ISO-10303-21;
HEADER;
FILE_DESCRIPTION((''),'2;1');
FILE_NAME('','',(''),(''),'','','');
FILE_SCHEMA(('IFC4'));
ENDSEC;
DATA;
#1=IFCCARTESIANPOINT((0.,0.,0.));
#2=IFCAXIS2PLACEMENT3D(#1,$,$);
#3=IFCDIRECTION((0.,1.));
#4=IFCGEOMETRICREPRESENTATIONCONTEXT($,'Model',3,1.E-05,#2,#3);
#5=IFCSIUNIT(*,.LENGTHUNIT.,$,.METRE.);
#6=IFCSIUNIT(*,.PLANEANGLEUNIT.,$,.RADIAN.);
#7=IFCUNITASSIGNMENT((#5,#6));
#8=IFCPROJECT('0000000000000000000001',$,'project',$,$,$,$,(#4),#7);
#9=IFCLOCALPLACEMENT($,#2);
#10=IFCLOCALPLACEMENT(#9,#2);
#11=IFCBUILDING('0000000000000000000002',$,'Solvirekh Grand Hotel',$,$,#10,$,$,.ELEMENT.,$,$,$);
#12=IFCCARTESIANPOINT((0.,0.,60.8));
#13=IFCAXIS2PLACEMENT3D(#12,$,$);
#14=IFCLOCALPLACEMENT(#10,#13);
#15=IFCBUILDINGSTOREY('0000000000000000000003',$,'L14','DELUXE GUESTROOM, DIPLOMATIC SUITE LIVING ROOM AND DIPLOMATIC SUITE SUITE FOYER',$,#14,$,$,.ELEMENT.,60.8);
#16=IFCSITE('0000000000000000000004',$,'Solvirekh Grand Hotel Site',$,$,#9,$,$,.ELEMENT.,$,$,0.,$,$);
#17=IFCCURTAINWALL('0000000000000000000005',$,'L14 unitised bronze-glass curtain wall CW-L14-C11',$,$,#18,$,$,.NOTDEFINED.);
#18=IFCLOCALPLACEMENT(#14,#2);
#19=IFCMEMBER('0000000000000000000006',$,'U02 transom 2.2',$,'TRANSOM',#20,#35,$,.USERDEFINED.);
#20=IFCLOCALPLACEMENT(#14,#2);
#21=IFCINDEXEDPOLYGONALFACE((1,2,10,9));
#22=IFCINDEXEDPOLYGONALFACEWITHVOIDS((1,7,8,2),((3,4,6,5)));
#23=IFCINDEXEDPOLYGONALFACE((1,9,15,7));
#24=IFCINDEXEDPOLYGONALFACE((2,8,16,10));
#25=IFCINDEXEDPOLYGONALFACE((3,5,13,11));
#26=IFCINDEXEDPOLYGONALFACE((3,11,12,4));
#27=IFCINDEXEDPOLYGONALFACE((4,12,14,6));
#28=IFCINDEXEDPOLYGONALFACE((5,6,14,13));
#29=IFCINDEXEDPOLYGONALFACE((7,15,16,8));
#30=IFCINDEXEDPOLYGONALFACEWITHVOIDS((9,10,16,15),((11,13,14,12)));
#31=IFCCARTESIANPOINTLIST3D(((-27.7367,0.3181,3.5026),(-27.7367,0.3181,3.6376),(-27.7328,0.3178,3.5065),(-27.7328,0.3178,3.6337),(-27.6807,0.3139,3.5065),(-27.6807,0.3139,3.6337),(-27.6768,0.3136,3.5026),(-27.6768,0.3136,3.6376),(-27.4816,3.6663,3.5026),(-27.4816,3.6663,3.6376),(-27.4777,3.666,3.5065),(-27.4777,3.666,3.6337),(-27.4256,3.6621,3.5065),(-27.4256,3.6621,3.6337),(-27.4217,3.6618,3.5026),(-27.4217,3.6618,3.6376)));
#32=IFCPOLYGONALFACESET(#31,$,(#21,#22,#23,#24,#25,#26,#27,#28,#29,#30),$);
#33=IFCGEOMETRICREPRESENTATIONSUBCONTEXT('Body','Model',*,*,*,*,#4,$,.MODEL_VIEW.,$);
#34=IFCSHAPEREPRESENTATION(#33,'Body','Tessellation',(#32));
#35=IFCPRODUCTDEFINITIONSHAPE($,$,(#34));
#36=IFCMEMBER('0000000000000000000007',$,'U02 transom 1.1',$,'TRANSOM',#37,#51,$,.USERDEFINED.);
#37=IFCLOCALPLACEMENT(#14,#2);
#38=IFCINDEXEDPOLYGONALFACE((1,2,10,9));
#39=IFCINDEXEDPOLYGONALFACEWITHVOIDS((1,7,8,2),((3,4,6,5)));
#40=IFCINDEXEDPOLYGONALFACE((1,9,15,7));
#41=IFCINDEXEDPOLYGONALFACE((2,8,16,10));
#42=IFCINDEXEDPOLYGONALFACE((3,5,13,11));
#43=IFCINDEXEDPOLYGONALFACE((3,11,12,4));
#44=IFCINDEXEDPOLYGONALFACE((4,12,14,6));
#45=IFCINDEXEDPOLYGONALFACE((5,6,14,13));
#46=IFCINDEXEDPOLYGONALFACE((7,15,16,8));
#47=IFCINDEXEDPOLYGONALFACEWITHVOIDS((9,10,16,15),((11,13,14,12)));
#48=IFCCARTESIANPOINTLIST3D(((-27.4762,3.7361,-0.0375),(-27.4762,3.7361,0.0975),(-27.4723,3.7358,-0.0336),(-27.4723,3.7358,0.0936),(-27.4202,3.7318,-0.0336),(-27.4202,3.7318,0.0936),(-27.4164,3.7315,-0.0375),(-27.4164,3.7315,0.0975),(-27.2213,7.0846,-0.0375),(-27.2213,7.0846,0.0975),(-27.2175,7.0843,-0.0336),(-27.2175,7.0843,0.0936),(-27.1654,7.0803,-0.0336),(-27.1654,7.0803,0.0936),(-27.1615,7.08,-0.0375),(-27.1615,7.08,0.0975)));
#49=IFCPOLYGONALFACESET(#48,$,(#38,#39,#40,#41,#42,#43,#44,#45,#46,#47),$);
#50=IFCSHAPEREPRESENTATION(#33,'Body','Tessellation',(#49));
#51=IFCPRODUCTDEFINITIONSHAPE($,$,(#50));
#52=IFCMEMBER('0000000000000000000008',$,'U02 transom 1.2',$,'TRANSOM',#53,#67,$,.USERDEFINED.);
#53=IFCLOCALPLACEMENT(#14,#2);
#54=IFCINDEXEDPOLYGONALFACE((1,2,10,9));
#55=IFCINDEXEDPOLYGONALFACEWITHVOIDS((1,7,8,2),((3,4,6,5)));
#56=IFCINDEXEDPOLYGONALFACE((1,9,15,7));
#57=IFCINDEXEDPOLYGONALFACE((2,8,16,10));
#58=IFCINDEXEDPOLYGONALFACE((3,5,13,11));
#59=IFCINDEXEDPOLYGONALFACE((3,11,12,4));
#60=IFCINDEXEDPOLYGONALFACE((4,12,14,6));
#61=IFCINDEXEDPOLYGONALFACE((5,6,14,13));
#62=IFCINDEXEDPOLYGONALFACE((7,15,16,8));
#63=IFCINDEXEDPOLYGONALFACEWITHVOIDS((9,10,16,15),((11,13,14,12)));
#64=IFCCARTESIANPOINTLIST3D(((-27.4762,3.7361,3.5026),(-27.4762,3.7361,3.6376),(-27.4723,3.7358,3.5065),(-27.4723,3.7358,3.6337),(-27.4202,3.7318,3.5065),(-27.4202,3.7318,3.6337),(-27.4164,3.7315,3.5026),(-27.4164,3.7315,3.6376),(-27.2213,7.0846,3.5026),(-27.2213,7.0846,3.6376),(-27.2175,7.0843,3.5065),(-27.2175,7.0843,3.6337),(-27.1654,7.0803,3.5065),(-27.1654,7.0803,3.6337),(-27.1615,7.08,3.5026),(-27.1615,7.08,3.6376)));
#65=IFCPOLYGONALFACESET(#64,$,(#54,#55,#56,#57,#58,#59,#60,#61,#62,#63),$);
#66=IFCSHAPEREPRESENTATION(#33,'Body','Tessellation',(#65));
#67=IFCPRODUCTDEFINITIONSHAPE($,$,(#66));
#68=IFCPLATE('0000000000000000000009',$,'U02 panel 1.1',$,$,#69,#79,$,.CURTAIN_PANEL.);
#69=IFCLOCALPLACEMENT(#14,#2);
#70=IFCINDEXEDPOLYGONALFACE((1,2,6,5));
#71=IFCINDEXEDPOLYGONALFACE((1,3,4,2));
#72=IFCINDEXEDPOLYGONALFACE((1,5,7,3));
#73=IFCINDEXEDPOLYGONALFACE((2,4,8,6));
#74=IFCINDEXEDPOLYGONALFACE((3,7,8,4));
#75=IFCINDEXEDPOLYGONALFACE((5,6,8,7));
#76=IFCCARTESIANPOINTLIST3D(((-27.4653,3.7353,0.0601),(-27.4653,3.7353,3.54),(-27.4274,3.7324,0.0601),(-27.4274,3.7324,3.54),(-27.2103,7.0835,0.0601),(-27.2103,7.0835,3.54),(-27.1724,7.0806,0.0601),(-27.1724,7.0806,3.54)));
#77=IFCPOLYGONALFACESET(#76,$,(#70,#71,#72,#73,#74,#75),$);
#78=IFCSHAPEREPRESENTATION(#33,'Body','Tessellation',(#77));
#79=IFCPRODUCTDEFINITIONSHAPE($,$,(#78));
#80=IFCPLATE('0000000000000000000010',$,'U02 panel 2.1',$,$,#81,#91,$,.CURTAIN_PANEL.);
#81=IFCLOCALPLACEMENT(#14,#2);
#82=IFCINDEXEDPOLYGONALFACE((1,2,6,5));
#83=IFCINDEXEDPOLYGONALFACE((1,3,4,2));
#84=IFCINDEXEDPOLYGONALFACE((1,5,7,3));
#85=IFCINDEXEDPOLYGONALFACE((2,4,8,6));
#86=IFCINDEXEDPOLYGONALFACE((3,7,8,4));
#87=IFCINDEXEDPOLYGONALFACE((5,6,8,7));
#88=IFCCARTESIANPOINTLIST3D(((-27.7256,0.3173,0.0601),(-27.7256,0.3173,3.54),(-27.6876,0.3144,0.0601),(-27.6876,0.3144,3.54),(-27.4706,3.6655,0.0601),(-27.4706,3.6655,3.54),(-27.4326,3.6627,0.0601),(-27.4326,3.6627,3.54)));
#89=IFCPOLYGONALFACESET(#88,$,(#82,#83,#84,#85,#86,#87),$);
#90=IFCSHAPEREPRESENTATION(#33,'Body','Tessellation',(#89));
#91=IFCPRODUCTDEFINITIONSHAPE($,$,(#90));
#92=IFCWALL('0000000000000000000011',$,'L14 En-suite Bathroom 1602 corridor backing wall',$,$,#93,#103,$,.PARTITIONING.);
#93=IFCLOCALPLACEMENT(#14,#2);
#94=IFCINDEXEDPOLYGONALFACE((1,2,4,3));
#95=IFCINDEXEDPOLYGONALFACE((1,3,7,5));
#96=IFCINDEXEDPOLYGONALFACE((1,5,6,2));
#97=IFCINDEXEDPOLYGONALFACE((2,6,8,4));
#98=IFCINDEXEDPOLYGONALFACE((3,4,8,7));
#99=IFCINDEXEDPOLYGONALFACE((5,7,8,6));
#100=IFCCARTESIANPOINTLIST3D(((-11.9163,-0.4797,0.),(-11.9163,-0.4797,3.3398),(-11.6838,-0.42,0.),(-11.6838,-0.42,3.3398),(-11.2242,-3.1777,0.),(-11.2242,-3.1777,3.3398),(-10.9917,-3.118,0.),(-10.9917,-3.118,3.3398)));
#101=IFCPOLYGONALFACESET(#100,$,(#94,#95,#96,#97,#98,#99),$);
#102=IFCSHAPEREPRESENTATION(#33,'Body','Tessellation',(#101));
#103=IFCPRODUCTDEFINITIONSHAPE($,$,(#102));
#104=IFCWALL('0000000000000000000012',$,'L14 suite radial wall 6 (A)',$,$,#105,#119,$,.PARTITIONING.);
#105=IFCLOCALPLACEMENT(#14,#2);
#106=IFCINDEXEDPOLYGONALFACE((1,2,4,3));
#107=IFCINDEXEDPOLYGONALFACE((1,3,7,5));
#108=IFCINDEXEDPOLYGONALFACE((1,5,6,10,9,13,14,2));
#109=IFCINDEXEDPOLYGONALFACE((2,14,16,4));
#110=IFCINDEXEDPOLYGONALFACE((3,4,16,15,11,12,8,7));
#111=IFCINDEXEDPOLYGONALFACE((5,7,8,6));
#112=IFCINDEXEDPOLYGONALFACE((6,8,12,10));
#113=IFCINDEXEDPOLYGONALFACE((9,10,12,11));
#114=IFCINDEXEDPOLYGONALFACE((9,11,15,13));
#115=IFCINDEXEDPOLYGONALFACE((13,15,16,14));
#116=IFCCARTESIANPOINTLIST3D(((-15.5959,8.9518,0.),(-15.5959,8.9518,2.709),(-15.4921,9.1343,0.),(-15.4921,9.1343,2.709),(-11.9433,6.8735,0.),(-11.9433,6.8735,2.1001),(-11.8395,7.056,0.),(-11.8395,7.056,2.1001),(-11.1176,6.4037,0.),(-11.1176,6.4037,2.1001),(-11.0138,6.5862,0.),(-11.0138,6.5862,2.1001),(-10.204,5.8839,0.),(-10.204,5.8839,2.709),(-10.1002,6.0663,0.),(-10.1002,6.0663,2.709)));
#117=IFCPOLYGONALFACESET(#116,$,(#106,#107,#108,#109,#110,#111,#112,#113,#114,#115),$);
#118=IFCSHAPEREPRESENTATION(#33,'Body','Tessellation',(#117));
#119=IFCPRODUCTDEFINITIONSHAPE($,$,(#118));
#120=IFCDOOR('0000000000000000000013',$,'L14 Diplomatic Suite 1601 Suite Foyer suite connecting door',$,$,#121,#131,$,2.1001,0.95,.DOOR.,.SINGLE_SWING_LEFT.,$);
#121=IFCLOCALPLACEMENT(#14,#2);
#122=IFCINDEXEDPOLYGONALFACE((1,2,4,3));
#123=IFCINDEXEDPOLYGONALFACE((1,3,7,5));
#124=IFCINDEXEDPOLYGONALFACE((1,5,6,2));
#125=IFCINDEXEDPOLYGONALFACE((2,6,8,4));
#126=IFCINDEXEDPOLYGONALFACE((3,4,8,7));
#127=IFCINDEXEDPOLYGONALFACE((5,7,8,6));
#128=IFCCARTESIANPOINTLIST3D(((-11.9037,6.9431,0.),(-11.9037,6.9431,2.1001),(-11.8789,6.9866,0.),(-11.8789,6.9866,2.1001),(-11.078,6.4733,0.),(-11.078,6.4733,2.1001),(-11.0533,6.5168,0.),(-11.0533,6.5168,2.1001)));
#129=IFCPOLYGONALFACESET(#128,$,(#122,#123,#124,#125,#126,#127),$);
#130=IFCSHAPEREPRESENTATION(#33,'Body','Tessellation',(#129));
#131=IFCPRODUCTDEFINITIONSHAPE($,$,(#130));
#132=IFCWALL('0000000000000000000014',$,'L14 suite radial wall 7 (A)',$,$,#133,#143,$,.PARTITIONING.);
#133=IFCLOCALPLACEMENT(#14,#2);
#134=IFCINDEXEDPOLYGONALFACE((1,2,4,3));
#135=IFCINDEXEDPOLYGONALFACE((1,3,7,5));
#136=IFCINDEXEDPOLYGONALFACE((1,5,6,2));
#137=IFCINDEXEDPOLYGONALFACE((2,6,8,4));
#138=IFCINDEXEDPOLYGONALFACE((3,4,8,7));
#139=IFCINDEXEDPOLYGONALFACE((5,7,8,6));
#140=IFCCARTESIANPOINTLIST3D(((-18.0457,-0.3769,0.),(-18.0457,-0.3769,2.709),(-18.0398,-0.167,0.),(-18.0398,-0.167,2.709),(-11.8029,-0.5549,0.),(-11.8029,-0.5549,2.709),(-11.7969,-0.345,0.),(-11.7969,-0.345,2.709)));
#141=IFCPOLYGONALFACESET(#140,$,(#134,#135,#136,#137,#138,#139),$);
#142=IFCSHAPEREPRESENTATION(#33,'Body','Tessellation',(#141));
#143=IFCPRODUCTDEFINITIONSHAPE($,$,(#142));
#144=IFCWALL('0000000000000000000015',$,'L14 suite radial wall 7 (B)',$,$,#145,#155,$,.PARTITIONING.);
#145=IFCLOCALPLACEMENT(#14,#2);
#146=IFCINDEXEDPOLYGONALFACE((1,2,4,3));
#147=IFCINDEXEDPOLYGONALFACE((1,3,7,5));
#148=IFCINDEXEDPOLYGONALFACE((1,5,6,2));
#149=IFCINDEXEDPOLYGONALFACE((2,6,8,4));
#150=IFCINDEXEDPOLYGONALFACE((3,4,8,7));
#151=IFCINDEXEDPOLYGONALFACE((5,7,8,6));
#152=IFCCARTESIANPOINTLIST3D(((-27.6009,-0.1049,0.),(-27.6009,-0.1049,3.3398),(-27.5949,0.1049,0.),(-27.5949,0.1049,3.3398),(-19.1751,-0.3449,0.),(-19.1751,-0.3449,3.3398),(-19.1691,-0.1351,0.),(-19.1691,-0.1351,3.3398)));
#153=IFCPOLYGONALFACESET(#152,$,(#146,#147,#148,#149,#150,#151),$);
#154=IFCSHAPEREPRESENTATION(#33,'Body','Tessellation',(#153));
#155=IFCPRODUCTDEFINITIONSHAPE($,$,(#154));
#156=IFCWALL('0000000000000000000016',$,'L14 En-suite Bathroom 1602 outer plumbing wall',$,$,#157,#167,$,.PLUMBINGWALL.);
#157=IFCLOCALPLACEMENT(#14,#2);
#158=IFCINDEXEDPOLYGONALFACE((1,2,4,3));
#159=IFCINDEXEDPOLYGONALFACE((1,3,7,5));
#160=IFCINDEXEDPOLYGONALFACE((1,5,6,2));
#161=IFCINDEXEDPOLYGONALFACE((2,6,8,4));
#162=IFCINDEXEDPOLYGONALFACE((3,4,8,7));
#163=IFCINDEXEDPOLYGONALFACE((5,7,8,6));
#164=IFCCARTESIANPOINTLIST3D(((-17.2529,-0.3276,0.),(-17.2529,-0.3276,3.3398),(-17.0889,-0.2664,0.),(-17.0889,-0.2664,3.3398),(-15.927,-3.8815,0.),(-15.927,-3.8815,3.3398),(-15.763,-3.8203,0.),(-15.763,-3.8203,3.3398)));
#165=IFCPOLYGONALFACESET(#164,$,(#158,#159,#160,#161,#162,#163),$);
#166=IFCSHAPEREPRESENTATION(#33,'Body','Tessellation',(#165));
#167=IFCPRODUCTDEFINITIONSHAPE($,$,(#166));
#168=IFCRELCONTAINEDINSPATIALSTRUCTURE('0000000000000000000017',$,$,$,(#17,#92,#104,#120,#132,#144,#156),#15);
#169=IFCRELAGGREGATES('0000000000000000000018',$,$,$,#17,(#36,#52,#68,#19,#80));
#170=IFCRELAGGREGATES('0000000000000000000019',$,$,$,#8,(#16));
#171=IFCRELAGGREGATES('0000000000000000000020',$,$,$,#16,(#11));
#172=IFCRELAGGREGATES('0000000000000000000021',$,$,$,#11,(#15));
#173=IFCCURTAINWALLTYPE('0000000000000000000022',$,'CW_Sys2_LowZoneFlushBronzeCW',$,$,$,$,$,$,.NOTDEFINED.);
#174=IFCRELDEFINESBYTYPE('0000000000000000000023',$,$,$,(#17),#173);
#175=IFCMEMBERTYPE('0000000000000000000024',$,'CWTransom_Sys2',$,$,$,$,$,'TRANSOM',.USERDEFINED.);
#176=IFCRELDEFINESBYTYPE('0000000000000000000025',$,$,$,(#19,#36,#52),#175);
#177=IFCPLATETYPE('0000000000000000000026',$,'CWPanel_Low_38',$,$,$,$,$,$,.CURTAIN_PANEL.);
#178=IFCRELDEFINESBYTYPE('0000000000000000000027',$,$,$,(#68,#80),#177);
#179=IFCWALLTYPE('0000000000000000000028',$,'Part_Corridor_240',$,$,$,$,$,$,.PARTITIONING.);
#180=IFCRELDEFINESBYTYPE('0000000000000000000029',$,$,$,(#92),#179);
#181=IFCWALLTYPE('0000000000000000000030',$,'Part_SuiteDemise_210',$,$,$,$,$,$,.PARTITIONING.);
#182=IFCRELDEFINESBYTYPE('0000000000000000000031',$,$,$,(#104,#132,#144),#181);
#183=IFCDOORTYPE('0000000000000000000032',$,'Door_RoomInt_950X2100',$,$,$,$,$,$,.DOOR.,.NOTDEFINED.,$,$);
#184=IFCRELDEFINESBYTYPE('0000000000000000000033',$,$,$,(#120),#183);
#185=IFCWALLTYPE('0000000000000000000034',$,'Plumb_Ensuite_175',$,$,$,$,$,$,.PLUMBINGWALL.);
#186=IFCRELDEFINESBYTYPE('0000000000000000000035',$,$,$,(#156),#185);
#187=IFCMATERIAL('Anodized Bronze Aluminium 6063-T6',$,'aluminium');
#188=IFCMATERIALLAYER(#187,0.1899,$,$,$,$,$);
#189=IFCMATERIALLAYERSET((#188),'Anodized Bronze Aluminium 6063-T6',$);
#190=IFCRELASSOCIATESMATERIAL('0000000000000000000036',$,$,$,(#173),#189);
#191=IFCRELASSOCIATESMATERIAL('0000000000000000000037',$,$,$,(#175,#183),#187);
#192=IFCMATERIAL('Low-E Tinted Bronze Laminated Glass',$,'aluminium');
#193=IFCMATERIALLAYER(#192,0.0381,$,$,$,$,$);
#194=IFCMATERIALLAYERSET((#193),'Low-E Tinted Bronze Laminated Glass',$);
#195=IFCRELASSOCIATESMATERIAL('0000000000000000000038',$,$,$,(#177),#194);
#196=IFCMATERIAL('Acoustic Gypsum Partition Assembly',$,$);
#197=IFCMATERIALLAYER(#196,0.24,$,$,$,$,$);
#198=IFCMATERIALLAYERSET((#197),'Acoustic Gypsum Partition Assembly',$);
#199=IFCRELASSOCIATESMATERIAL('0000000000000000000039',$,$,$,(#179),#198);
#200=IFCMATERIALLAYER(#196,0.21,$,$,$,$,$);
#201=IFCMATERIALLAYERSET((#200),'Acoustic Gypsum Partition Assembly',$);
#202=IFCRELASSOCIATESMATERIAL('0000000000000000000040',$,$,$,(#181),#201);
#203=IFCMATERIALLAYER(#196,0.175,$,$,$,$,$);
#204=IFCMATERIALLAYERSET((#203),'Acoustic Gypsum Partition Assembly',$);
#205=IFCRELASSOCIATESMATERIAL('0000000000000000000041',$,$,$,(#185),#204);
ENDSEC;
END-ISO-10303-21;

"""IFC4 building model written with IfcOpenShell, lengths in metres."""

from ifc_helpers import new_model, si_unit, direction, frame, frame_2d, origin, origin_2d, place, context, subcontext, project, spatial, rectangle, hollow_rectangle, extrude, source, transform, mapped, material, layer, layer_set, material_profile, profile_set, type_object, element, fill, aggregate, save


model = new_model("IFC4")

# Units and contexts
model_context = context("Model", 3, precision=1e-05, world=origin(), true_north=direction((0.0, 1.0)))
body_context = subcontext(model_context, "Body", "Model", "MODEL_VIEW")
ifc_project = project(units=[si_unit("LENGTHUNIT", "METRE"), si_unit("PLANEANGLEUNIT", "RADIAN")], contexts=[model_context])

# Site, building, storey
site_placement = place(None, origin())
site = spatial("IfcSite", under=ifc_project, at=site_placement, Name="Solvirekh Grand Hotel Site", CompositionType="ELEMENT", RefElevation=0.0)
building_placement = place(site_placement, origin())
building = spatial("IfcBuilding", under=site, at=building_placement, Name="Solvirekh Grand Hotel", CompositionType="ELEMENT")
storey_placement = place(building_placement, frame((0.0, 0.0, 60.8)))
storey = spatial("IfcBuildingStorey", under=building, at=storey_placement, Name="L14", Description="DELUXE GUESTROOM, DIPLOMATIC SUITE LIVING ROOM AND DIPLOMATIC SUITE SUITE FOYER", CompositionType="ELEMENT", Elevation=60.8)

# Curtain wall, members, plates
ifc_material_1 = material(Name="Anodized Bronze Aluminium 6063-T6", Category="aluminium")
ifc_layer_1 = layer(ifc_material_1, 0.1899)
ifc_layer_set_1 = layer_set([ifc_layer_1], Name="Anodized Bronze Aluminium 6063-T6")
curtain_wall_type = type_object("IfcCurtainWallType", Name="CW_Sys2_LowZoneFlushBronzeCW", PredefinedType="NOTDEFINED", material=ifc_layer_set_1)
curtain_wall_placement = place(storey_placement, origin())
curtain_wall = element("IfcCurtainWall", 1, at=curtain_wall_placement, inside=storey, type_object=curtain_wall_type, Name="L14 unitised bronze-glass curtain wall CW-L14-C11", PredefinedType="NOTDEFINED")
ifc_material_profile_1 = material_profile(ifc_material_1, hollow_rectangle(XDim=0.0601, YDim=0.135, WallThickness=0.0039, at=origin_2d()), Name="ALU RHS 135X60X4")
ifc_profile_set_1 = profile_set([ifc_material_profile_1], Name="Anodized Bronze Aluminium 6063-T6")
member_type_1 = type_object("IfcMemberType", Name="CWTransom_Sys2", ElementType="TRANSOM", PredefinedType="USERDEFINED", material=ifc_profile_set_1)
shared_shape_1 = source(origin(), body_context, "Body", "SweptSolid", [
    extrude(hollow_rectangle(XDim=0.0601, YDim=0.135, WallThickness=0.0039, at=origin_2d()), origin(), (0.0, 0.0, 1.0), 3.3579),
])
member_1_placement = place(storey_placement, frame((-27.4517, 3.6641, 3.5701), z_axis=(-0.075979, -0.997109, 0.0), x_axis=(0.997109, -0.075979, 0.0)))
member_1 = element("IfcMember", 2, at=member_1_placement, type_object=member_type_1, Name="U02 transom 2.2", ObjectType="TRANSOM", PredefinedType="USERDEFINED", context=body_context, shape_type="MappedRepresentation", body=[
    mapped(shared_shape_1, transform((0.0, 0.0, 0.0), x_axis=(1.0, 0.0, 0.0), y_axis=(0.0, 1.0, 0.0), z_axis=(0.0, 0.0, 1.0), scale=1.0)),
])
shared_shape_2 = source(origin(), body_context, "Body", "SweptSolid", [
    extrude(hollow_rectangle(XDim=0.0601, YDim=0.135, WallThickness=0.0039, at=origin_2d()), origin(), (0.0, 0.0, 1.0), 3.3582),
])
member_2_placement = place(storey_placement, frame((-27.1914, 7.0823, 0.03), z_axis=(-0.075901, -0.997115, 0.0), x_axis=(0.997115, -0.075901, 0.0)))
member_2 = element("IfcMember", 3, at=member_2_placement, type_object=member_type_1, Name="U02 transom 1.1", ObjectType="TRANSOM", PredefinedType="USERDEFINED", context=body_context, shape_type="MappedRepresentation", body=[
    mapped(shared_shape_2, transform((0.0, 0.0, 0.0), x_axis=(1.0, 0.0, 0.0), y_axis=(0.0, 1.0, 0.0), z_axis=(0.0, 0.0, 1.0), scale=1.0)),
])
member_3_placement = place(storey_placement, frame((-27.1914, 7.0823, 3.5701), z_axis=(-0.075901, -0.997115, 0.0), x_axis=(0.997115, -0.075901, 0.0)))
member_3 = element("IfcMember", 4, at=member_3_placement, type_object=member_type_1, Name="U02 transom 1.2", ObjectType="TRANSOM", PredefinedType="USERDEFINED", context=body_context, shape_type="MappedRepresentation", body=[
    mapped(shared_shape_2, transform((0.0, 0.0, 0.0), x_axis=(1.0, 0.0, 0.0), y_axis=(0.0, 1.0, 0.0), z_axis=(0.0, 0.0, 1.0), scale=1.0)),
])
ifc_material_2 = material(Name="Low-E Tinted Bronze Laminated Glass", Category="aluminium")
ifc_layer_2 = layer(ifc_material_2, 0.0381)
ifc_layer_set_2 = layer_set([ifc_layer_2], Name="Low-E Tinted Bronze Laminated Glass")
plate_type = type_object("IfcPlateType", Name="CWPanel_Low_38", PredefinedType="CURTAIN_PANEL", material=ifc_layer_set_2)
shared_shape_3 = source(origin(), body_context, "Body", "SweptSolid", [
    extrude(rectangle(XDim=3.3579, YDim=0.0381, at=origin_2d()), origin(), (0.0, 0.0, 1.0), 3.48),
])
plate_1_placement = place(storey_placement, frame((-27.3188, 5.408, 0.0601), z_axis=(0.0, 0.0, 1.0), x_axis=(-0.075946, -0.997112, 0.0)))
plate_1 = element("IfcPlate", 5, at=plate_1_placement, type_object=plate_type, Name="U02 panel 1.1", PredefinedType="CURTAIN_PANEL", context=body_context, shape_type="MappedRepresentation", body=[
    mapped(shared_shape_3, transform((0.0, 0.0, 0.0), x_axis=(1.0, 0.0, 0.0), y_axis=(0.0, 1.0, 0.0), z_axis=(0.0, 0.0, 1.0), scale=1.0)),
])
plate_2_placement = place(storey_placement, frame((-27.5791, 1.99, 0.0601), z_axis=(0.0, 0.0, 1.0), x_axis=(-0.075946, -0.997112, 0.0)))
plate_2 = element("IfcPlate", 6, at=plate_2_placement, type_object=plate_type, Name="U02 panel 2.1", PredefinedType="CURTAIN_PANEL", context=body_context, shape_type="MappedRepresentation", body=[
    mapped(shared_shape_3, transform((0.0, 0.0, 0.0), x_axis=(1.0, 0.0, 0.0), y_axis=(0.0, 1.0, 0.0), z_axis=(0.0, 0.0, 1.0), scale=1.0)),
])
aggregate(curtain_wall, [member_2, member_3, plate_1, member_1, plate_2])

# Wall
ifc_material_3 = material(Name="Acoustic Gypsum Partition Assembly")
ifc_layer_3 = layer(ifc_material_3, 0.24)
ifc_layer_set_3 = layer_set([ifc_layer_3], Name="Acoustic Gypsum Partition Assembly")
wall_type_1 = type_object("IfcWallType", Name="Part_Corridor_240", PredefinedType="PARTITIONING", material=ifc_layer_set_3)
wall_1_placement = place(storey_placement, frame((-11.8, -0.45, 0.0), z_axis=(0.0, 0.0, 1.0), x_axis=(0.248491, -0.968634, 0.0)))
element("IfcWall", 7, at=wall_1_placement, inside=storey, type_object=wall_type_1, Name="L14 En-suite Bathroom 1602 corridor backing wall", PredefinedType="PARTITIONING", context=body_context, shape_type="SweptSolid", body=[
    extrude(rectangle(XDim=2.7854, YDim=0.24, at=frame_2d((1.3926, 0.0))), origin(), (0.0, 0.0, 1.0), 3.3398),
])

# Wall, opening, door
ifc_layer_4 = layer(ifc_material_3, 0.21)
ifc_layer_set_4 = layer_set([ifc_layer_4], Name="Acoustic Gypsum Partition Assembly")
wall_type_2 = type_object("IfcWallType", Name="Part_SuiteDemise_210", PredefinedType="PARTITIONING", material=ifc_layer_set_4)
wall_2_placement = place(storey_placement, frame((-10.1521, 5.9751, 0.0), z_axis=(0.0, 0.0, 1.0), x_axis=(-0.869157, 0.494536, 0.0)))
wall_2 = element("IfcWall", 8, at=wall_2_placement, inside=storey, type_object=wall_type_2, Name="L14 suite radial wall 6 (A)", PredefinedType="PARTITIONING", context=body_context, shape_type="SweptSolid", body=[
    extrude(rectangle(XDim=6.2036, YDim=0.21, at=frame_2d((3.1018, 0.0))), origin(), (0.0, 0.0, 1.0), 2.709),
])
opening_placement = place(wall_2_placement, frame((1.051, 0.0, 0.0)))
opening = element("IfcOpeningElement", 9, at=opening_placement, cuts=wall_2, PredefinedType="OPENING", context=body_context, shape_type="SweptSolid", body=[
    extrude(rectangle(XDim=0.95, YDim=2.1001, at=frame_2d((0.4751, 1.05))), frame((0.0, 0.115, 0.0), z_axis=(0.0, -1.0, 0.0), x_axis=(1.0, 0.0, 0.0)), (0.0, 0.0, 1.0), 0.23),
])
door_type = type_object("IfcDoorType", Name="Door_RoomInt_950X2100", OperationType="NOTDEFINED", PredefinedType="DOOR", material=ifc_material_1)
door_placement = place(opening_placement, origin())
door = element("IfcDoor", 10, at=door_placement, inside=storey, type_object=door_type, Name="L14 Diplomatic Suite 1601 Suite Foyer suite connecting door", OperationType="SINGLE_SWING_LEFT", OverallHeight=2.1001, OverallWidth=0.95, PredefinedType="DOOR", context=body_context, shape_type="SweptSolid", body=[
    extrude(rectangle(XDim=0.95, YDim=2.1001, at=frame_2d((0.4751, 1.05))), frame((0.0, 0.0249, 0.0), z_axis=(0.0, -1.0, 0.0), x_axis=(1.0, 0.0, 0.0)), (0.0, 0.0, 1.0), 0.05),
])
fill(opening, door)

# Walls
wall_3_placement = place(storey_placement, frame((-11.8, -0.45, 0.0), z_axis=(0.0, 0.0, 1.0), x_axis=(-0.999594, 0.028497, 0.0)))
element("IfcWall", 11, at=wall_3_placement, inside=storey, type_object=wall_type_2, Name="L14 suite radial wall 7 (A)", PredefinedType="PARTITIONING", context=body_context, shape_type="SweptSolid", body=[
    extrude(rectangle(XDim=6.2454, YDim=0.21, at=frame_2d((3.1226, 0.0))), origin(), (0.0, 0.0, 1.0), 2.709),
])
wall_4_placement = place(storey_placement, frame((-19.1721, -0.24, 0.0), z_axis=(0.0, 0.0, 1.0), x_axis=(-0.999595, 0.028471, 0.0)))
element("IfcWall", 12, at=wall_4_placement, inside=storey, type_object=wall_type_2, Name="L14 suite radial wall 7 (B)", PredefinedType="PARTITIONING", context=body_context, shape_type="SweptSolid", body=[
    extrude(rectangle(XDim=8.4292, YDim=0.21, at=frame_2d((4.2146, 0.0))), origin(), (0.0, 0.0, 1.0), 3.3398),
])
ifc_layer_5 = layer(ifc_material_3, 0.175)
ifc_layer_set_5 = layer_set([ifc_layer_5], Name="Acoustic Gypsum Partition Assembly")
wall_type_3 = type_object("IfcWallType", Name="Plumb_Ensuite_175", PredefinedType="PLUMBINGWALL", material=ifc_layer_set_5)
wall_5_placement = place(storey_placement, frame((-17.1709, -0.2971, 0.0), z_axis=(0.0, 0.0, 1.0), x_axis=(0.34955, -0.936918, 0.0)))
element("IfcWall", 13, at=wall_5_placement, inside=storey, type_object=wall_type_3, Name="L14 En-suite Bathroom 1602 outer plumbing wall", PredefinedType="PLUMBINGWALL", context=body_context, shape_type="SweptSolid", body=[
    extrude(rectangle(XDim=3.7932, YDim=0.175, at=frame_2d((1.8965, 0.0))), origin(), (0.0, 0.0, 1.0), 3.3398),
])

save(model, "model.ifc")
